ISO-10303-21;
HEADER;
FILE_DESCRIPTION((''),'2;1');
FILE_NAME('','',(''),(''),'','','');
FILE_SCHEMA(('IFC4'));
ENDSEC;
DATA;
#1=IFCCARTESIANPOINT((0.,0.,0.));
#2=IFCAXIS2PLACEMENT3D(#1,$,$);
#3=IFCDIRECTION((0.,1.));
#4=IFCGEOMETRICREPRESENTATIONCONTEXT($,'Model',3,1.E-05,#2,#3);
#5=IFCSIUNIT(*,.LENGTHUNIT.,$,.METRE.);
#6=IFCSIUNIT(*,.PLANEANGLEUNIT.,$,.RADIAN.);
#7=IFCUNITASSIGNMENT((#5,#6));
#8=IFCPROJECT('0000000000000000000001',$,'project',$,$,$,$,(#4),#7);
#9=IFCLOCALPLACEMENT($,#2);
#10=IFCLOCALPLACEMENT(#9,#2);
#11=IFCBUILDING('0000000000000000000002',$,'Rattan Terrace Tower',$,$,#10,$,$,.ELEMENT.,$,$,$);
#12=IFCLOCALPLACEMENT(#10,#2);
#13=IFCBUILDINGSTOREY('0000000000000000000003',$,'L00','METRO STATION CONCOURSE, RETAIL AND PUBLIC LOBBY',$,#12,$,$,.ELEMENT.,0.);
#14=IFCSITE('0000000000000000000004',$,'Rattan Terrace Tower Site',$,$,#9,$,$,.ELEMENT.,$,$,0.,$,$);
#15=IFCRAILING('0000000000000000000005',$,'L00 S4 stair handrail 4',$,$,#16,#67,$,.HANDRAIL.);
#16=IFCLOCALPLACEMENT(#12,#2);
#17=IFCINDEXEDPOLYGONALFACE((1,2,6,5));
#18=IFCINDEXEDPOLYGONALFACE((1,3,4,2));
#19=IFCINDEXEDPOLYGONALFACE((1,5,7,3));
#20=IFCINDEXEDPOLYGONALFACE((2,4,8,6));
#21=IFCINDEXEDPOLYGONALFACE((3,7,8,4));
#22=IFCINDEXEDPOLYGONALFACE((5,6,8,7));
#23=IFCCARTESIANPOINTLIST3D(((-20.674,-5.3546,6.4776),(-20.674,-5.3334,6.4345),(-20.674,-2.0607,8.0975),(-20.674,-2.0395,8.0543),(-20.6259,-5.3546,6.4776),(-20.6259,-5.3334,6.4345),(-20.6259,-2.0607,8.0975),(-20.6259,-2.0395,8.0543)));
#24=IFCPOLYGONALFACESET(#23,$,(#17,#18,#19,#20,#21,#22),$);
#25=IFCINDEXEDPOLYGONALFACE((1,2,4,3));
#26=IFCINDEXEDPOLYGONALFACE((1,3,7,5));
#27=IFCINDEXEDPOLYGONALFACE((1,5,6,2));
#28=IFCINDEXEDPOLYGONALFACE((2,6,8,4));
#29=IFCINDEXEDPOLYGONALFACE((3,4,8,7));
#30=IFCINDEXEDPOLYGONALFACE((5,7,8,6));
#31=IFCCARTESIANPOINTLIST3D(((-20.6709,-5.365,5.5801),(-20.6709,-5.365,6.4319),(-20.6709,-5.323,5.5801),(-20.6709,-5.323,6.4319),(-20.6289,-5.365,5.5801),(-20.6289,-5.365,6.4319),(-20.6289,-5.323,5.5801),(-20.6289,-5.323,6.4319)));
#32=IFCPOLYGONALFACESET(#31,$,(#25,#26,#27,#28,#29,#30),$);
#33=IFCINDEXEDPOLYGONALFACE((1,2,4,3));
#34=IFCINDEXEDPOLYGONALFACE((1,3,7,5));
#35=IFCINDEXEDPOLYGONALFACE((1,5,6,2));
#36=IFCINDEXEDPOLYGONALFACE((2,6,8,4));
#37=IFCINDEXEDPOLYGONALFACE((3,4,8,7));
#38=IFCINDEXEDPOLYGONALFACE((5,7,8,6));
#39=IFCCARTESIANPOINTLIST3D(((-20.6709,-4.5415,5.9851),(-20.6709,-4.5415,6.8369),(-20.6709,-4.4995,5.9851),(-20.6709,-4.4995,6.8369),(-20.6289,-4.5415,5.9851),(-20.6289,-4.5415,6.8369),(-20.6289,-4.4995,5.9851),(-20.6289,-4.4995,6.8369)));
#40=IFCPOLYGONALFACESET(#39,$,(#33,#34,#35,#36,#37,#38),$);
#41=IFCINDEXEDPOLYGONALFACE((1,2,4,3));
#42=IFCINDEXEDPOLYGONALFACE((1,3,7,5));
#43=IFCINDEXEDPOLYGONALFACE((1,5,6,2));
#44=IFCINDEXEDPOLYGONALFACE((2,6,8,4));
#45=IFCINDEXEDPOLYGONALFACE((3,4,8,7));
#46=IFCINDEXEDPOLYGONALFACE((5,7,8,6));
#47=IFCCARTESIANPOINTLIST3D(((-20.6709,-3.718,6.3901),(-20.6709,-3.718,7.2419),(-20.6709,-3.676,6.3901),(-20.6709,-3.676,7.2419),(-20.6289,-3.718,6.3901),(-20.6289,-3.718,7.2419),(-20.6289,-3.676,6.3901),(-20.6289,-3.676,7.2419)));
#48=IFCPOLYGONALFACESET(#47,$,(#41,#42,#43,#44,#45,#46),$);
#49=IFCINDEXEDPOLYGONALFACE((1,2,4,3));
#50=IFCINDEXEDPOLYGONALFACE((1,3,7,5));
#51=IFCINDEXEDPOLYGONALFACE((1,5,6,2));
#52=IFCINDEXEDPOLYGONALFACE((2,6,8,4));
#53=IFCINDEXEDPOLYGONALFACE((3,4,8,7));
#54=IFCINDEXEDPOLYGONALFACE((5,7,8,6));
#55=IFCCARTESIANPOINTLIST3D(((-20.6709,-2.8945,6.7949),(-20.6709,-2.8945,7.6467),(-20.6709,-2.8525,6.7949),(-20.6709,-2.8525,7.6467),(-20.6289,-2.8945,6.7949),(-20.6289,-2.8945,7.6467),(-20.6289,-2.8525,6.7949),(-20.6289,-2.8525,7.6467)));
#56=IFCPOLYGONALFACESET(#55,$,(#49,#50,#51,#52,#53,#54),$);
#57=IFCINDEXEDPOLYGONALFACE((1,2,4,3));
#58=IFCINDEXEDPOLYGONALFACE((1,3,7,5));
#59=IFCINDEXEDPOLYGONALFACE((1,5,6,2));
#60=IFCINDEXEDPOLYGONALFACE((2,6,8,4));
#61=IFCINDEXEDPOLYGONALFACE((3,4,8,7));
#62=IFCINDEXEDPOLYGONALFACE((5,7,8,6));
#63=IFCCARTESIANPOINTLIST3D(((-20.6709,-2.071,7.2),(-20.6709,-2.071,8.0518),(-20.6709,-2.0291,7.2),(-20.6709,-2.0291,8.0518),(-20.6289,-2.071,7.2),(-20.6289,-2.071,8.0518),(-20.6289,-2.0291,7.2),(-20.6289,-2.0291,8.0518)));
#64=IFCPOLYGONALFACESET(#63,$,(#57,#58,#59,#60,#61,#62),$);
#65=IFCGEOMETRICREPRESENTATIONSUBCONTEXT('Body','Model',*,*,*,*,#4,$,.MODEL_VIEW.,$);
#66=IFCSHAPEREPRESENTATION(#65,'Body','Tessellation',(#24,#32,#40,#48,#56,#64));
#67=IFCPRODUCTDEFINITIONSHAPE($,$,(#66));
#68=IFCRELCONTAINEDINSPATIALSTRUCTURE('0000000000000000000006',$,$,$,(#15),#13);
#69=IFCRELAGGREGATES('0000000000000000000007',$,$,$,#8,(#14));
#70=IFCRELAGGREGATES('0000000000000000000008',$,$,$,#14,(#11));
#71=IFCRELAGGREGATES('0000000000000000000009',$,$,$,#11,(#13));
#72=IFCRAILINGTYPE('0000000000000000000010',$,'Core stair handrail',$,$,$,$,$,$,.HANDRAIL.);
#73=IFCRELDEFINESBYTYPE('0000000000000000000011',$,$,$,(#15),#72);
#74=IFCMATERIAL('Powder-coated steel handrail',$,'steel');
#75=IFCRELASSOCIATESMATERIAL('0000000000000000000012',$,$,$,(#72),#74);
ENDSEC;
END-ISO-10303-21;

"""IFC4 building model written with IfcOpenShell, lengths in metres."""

from ifc_helpers import new_model, si_unit, direction, frame, origin, origin_2d, place, context, subcontext, project, spatial, rectangle, extrude, material, type_object, element, save


model = new_model("IFC4")

# Units and contexts
model_context = context("Model", 3, precision=1e-05, world=origin(), true_north=direction((0.0, 1.0)))
body_context = subcontext(model_context, "Body", "Model", "MODEL_VIEW")
ifc_project = project(units=[si_unit("LENGTHUNIT", "METRE"), si_unit("PLANEANGLEUNIT", "RADIAN")], contexts=[model_context])

# Site, building, storey
site_placement = place(None, origin())
site = spatial("IfcSite", under=ifc_project, at=site_placement, Name="Rattan Terrace Tower Site", CompositionType="ELEMENT", RefElevation=0.0)
building_placement = place(site_placement, origin())
building = spatial("IfcBuilding", under=site, at=building_placement, Name="Rattan Terrace Tower", CompositionType="ELEMENT")
storey_placement = place(building_placement, origin())
storey = spatial("IfcBuildingStorey", under=building, at=storey_placement, Name="L00", Description="METRO STATION CONCOURSE, RETAIL AND PUBLIC LOBBY", CompositionType="ELEMENT", Elevation=0.0)

# Railing
ifc_material_1 = material(Name="Powder-coated steel handrail", Category="steel")
railing_type_1 = type_object("IfcRailingType", Name="Core stair handrail", PredefinedType="HANDRAIL", material=ifc_material_1)
railing_1_placement = place(storey_placement, frame((-20.6499, -5.344, 5.5801)))
element("IfcRailing", 1, at=railing_1_placement, inside=storey, type_object=railing_type_1, Name="L00 S4 stair handrail 4", PredefinedType="HANDRAIL", context=body_context, shape_type="SweptSolid", body=[
    extrude(rectangle(XDim=0.0481, YDim=0.0481, at=origin_2d()), frame((0.0, 0.0, 0.876), z_axis=(0.0, 0.897361, 0.441298), x_axis=(-1.0, 0.0, 0.0)), (0.0, 0.0, 1.0), 3.6707),
    extrude(rectangle(XDim=0.042, YDim=0.042, at=origin_2d()), origin(), (0.0, 0.0, 1.0), 0.8518),
    extrude(rectangle(XDim=0.042, YDim=0.042, at=origin_2d()), frame((0.0, 0.8235, 0.405)), (0.0, 0.0, 1.0), 0.8518),
    extrude(rectangle(XDim=0.042, YDim=0.042, at=origin_2d()), frame((0.0, 1.647, 0.8101)), (0.0, 0.0, 1.0), 0.8518),
    extrude(rectangle(XDim=0.042, YDim=0.042, at=origin_2d()), frame((0.0, 2.4705, 1.2148)), (0.0, 0.0, 1.0), 0.8518),
    extrude(rectangle(XDim=0.042, YDim=0.042, at=origin_2d()), frame((0.0, 3.2939, 1.6199)), (0.0, 0.0, 1.0), 0.8518),
])

save(model, "model.ifc")
